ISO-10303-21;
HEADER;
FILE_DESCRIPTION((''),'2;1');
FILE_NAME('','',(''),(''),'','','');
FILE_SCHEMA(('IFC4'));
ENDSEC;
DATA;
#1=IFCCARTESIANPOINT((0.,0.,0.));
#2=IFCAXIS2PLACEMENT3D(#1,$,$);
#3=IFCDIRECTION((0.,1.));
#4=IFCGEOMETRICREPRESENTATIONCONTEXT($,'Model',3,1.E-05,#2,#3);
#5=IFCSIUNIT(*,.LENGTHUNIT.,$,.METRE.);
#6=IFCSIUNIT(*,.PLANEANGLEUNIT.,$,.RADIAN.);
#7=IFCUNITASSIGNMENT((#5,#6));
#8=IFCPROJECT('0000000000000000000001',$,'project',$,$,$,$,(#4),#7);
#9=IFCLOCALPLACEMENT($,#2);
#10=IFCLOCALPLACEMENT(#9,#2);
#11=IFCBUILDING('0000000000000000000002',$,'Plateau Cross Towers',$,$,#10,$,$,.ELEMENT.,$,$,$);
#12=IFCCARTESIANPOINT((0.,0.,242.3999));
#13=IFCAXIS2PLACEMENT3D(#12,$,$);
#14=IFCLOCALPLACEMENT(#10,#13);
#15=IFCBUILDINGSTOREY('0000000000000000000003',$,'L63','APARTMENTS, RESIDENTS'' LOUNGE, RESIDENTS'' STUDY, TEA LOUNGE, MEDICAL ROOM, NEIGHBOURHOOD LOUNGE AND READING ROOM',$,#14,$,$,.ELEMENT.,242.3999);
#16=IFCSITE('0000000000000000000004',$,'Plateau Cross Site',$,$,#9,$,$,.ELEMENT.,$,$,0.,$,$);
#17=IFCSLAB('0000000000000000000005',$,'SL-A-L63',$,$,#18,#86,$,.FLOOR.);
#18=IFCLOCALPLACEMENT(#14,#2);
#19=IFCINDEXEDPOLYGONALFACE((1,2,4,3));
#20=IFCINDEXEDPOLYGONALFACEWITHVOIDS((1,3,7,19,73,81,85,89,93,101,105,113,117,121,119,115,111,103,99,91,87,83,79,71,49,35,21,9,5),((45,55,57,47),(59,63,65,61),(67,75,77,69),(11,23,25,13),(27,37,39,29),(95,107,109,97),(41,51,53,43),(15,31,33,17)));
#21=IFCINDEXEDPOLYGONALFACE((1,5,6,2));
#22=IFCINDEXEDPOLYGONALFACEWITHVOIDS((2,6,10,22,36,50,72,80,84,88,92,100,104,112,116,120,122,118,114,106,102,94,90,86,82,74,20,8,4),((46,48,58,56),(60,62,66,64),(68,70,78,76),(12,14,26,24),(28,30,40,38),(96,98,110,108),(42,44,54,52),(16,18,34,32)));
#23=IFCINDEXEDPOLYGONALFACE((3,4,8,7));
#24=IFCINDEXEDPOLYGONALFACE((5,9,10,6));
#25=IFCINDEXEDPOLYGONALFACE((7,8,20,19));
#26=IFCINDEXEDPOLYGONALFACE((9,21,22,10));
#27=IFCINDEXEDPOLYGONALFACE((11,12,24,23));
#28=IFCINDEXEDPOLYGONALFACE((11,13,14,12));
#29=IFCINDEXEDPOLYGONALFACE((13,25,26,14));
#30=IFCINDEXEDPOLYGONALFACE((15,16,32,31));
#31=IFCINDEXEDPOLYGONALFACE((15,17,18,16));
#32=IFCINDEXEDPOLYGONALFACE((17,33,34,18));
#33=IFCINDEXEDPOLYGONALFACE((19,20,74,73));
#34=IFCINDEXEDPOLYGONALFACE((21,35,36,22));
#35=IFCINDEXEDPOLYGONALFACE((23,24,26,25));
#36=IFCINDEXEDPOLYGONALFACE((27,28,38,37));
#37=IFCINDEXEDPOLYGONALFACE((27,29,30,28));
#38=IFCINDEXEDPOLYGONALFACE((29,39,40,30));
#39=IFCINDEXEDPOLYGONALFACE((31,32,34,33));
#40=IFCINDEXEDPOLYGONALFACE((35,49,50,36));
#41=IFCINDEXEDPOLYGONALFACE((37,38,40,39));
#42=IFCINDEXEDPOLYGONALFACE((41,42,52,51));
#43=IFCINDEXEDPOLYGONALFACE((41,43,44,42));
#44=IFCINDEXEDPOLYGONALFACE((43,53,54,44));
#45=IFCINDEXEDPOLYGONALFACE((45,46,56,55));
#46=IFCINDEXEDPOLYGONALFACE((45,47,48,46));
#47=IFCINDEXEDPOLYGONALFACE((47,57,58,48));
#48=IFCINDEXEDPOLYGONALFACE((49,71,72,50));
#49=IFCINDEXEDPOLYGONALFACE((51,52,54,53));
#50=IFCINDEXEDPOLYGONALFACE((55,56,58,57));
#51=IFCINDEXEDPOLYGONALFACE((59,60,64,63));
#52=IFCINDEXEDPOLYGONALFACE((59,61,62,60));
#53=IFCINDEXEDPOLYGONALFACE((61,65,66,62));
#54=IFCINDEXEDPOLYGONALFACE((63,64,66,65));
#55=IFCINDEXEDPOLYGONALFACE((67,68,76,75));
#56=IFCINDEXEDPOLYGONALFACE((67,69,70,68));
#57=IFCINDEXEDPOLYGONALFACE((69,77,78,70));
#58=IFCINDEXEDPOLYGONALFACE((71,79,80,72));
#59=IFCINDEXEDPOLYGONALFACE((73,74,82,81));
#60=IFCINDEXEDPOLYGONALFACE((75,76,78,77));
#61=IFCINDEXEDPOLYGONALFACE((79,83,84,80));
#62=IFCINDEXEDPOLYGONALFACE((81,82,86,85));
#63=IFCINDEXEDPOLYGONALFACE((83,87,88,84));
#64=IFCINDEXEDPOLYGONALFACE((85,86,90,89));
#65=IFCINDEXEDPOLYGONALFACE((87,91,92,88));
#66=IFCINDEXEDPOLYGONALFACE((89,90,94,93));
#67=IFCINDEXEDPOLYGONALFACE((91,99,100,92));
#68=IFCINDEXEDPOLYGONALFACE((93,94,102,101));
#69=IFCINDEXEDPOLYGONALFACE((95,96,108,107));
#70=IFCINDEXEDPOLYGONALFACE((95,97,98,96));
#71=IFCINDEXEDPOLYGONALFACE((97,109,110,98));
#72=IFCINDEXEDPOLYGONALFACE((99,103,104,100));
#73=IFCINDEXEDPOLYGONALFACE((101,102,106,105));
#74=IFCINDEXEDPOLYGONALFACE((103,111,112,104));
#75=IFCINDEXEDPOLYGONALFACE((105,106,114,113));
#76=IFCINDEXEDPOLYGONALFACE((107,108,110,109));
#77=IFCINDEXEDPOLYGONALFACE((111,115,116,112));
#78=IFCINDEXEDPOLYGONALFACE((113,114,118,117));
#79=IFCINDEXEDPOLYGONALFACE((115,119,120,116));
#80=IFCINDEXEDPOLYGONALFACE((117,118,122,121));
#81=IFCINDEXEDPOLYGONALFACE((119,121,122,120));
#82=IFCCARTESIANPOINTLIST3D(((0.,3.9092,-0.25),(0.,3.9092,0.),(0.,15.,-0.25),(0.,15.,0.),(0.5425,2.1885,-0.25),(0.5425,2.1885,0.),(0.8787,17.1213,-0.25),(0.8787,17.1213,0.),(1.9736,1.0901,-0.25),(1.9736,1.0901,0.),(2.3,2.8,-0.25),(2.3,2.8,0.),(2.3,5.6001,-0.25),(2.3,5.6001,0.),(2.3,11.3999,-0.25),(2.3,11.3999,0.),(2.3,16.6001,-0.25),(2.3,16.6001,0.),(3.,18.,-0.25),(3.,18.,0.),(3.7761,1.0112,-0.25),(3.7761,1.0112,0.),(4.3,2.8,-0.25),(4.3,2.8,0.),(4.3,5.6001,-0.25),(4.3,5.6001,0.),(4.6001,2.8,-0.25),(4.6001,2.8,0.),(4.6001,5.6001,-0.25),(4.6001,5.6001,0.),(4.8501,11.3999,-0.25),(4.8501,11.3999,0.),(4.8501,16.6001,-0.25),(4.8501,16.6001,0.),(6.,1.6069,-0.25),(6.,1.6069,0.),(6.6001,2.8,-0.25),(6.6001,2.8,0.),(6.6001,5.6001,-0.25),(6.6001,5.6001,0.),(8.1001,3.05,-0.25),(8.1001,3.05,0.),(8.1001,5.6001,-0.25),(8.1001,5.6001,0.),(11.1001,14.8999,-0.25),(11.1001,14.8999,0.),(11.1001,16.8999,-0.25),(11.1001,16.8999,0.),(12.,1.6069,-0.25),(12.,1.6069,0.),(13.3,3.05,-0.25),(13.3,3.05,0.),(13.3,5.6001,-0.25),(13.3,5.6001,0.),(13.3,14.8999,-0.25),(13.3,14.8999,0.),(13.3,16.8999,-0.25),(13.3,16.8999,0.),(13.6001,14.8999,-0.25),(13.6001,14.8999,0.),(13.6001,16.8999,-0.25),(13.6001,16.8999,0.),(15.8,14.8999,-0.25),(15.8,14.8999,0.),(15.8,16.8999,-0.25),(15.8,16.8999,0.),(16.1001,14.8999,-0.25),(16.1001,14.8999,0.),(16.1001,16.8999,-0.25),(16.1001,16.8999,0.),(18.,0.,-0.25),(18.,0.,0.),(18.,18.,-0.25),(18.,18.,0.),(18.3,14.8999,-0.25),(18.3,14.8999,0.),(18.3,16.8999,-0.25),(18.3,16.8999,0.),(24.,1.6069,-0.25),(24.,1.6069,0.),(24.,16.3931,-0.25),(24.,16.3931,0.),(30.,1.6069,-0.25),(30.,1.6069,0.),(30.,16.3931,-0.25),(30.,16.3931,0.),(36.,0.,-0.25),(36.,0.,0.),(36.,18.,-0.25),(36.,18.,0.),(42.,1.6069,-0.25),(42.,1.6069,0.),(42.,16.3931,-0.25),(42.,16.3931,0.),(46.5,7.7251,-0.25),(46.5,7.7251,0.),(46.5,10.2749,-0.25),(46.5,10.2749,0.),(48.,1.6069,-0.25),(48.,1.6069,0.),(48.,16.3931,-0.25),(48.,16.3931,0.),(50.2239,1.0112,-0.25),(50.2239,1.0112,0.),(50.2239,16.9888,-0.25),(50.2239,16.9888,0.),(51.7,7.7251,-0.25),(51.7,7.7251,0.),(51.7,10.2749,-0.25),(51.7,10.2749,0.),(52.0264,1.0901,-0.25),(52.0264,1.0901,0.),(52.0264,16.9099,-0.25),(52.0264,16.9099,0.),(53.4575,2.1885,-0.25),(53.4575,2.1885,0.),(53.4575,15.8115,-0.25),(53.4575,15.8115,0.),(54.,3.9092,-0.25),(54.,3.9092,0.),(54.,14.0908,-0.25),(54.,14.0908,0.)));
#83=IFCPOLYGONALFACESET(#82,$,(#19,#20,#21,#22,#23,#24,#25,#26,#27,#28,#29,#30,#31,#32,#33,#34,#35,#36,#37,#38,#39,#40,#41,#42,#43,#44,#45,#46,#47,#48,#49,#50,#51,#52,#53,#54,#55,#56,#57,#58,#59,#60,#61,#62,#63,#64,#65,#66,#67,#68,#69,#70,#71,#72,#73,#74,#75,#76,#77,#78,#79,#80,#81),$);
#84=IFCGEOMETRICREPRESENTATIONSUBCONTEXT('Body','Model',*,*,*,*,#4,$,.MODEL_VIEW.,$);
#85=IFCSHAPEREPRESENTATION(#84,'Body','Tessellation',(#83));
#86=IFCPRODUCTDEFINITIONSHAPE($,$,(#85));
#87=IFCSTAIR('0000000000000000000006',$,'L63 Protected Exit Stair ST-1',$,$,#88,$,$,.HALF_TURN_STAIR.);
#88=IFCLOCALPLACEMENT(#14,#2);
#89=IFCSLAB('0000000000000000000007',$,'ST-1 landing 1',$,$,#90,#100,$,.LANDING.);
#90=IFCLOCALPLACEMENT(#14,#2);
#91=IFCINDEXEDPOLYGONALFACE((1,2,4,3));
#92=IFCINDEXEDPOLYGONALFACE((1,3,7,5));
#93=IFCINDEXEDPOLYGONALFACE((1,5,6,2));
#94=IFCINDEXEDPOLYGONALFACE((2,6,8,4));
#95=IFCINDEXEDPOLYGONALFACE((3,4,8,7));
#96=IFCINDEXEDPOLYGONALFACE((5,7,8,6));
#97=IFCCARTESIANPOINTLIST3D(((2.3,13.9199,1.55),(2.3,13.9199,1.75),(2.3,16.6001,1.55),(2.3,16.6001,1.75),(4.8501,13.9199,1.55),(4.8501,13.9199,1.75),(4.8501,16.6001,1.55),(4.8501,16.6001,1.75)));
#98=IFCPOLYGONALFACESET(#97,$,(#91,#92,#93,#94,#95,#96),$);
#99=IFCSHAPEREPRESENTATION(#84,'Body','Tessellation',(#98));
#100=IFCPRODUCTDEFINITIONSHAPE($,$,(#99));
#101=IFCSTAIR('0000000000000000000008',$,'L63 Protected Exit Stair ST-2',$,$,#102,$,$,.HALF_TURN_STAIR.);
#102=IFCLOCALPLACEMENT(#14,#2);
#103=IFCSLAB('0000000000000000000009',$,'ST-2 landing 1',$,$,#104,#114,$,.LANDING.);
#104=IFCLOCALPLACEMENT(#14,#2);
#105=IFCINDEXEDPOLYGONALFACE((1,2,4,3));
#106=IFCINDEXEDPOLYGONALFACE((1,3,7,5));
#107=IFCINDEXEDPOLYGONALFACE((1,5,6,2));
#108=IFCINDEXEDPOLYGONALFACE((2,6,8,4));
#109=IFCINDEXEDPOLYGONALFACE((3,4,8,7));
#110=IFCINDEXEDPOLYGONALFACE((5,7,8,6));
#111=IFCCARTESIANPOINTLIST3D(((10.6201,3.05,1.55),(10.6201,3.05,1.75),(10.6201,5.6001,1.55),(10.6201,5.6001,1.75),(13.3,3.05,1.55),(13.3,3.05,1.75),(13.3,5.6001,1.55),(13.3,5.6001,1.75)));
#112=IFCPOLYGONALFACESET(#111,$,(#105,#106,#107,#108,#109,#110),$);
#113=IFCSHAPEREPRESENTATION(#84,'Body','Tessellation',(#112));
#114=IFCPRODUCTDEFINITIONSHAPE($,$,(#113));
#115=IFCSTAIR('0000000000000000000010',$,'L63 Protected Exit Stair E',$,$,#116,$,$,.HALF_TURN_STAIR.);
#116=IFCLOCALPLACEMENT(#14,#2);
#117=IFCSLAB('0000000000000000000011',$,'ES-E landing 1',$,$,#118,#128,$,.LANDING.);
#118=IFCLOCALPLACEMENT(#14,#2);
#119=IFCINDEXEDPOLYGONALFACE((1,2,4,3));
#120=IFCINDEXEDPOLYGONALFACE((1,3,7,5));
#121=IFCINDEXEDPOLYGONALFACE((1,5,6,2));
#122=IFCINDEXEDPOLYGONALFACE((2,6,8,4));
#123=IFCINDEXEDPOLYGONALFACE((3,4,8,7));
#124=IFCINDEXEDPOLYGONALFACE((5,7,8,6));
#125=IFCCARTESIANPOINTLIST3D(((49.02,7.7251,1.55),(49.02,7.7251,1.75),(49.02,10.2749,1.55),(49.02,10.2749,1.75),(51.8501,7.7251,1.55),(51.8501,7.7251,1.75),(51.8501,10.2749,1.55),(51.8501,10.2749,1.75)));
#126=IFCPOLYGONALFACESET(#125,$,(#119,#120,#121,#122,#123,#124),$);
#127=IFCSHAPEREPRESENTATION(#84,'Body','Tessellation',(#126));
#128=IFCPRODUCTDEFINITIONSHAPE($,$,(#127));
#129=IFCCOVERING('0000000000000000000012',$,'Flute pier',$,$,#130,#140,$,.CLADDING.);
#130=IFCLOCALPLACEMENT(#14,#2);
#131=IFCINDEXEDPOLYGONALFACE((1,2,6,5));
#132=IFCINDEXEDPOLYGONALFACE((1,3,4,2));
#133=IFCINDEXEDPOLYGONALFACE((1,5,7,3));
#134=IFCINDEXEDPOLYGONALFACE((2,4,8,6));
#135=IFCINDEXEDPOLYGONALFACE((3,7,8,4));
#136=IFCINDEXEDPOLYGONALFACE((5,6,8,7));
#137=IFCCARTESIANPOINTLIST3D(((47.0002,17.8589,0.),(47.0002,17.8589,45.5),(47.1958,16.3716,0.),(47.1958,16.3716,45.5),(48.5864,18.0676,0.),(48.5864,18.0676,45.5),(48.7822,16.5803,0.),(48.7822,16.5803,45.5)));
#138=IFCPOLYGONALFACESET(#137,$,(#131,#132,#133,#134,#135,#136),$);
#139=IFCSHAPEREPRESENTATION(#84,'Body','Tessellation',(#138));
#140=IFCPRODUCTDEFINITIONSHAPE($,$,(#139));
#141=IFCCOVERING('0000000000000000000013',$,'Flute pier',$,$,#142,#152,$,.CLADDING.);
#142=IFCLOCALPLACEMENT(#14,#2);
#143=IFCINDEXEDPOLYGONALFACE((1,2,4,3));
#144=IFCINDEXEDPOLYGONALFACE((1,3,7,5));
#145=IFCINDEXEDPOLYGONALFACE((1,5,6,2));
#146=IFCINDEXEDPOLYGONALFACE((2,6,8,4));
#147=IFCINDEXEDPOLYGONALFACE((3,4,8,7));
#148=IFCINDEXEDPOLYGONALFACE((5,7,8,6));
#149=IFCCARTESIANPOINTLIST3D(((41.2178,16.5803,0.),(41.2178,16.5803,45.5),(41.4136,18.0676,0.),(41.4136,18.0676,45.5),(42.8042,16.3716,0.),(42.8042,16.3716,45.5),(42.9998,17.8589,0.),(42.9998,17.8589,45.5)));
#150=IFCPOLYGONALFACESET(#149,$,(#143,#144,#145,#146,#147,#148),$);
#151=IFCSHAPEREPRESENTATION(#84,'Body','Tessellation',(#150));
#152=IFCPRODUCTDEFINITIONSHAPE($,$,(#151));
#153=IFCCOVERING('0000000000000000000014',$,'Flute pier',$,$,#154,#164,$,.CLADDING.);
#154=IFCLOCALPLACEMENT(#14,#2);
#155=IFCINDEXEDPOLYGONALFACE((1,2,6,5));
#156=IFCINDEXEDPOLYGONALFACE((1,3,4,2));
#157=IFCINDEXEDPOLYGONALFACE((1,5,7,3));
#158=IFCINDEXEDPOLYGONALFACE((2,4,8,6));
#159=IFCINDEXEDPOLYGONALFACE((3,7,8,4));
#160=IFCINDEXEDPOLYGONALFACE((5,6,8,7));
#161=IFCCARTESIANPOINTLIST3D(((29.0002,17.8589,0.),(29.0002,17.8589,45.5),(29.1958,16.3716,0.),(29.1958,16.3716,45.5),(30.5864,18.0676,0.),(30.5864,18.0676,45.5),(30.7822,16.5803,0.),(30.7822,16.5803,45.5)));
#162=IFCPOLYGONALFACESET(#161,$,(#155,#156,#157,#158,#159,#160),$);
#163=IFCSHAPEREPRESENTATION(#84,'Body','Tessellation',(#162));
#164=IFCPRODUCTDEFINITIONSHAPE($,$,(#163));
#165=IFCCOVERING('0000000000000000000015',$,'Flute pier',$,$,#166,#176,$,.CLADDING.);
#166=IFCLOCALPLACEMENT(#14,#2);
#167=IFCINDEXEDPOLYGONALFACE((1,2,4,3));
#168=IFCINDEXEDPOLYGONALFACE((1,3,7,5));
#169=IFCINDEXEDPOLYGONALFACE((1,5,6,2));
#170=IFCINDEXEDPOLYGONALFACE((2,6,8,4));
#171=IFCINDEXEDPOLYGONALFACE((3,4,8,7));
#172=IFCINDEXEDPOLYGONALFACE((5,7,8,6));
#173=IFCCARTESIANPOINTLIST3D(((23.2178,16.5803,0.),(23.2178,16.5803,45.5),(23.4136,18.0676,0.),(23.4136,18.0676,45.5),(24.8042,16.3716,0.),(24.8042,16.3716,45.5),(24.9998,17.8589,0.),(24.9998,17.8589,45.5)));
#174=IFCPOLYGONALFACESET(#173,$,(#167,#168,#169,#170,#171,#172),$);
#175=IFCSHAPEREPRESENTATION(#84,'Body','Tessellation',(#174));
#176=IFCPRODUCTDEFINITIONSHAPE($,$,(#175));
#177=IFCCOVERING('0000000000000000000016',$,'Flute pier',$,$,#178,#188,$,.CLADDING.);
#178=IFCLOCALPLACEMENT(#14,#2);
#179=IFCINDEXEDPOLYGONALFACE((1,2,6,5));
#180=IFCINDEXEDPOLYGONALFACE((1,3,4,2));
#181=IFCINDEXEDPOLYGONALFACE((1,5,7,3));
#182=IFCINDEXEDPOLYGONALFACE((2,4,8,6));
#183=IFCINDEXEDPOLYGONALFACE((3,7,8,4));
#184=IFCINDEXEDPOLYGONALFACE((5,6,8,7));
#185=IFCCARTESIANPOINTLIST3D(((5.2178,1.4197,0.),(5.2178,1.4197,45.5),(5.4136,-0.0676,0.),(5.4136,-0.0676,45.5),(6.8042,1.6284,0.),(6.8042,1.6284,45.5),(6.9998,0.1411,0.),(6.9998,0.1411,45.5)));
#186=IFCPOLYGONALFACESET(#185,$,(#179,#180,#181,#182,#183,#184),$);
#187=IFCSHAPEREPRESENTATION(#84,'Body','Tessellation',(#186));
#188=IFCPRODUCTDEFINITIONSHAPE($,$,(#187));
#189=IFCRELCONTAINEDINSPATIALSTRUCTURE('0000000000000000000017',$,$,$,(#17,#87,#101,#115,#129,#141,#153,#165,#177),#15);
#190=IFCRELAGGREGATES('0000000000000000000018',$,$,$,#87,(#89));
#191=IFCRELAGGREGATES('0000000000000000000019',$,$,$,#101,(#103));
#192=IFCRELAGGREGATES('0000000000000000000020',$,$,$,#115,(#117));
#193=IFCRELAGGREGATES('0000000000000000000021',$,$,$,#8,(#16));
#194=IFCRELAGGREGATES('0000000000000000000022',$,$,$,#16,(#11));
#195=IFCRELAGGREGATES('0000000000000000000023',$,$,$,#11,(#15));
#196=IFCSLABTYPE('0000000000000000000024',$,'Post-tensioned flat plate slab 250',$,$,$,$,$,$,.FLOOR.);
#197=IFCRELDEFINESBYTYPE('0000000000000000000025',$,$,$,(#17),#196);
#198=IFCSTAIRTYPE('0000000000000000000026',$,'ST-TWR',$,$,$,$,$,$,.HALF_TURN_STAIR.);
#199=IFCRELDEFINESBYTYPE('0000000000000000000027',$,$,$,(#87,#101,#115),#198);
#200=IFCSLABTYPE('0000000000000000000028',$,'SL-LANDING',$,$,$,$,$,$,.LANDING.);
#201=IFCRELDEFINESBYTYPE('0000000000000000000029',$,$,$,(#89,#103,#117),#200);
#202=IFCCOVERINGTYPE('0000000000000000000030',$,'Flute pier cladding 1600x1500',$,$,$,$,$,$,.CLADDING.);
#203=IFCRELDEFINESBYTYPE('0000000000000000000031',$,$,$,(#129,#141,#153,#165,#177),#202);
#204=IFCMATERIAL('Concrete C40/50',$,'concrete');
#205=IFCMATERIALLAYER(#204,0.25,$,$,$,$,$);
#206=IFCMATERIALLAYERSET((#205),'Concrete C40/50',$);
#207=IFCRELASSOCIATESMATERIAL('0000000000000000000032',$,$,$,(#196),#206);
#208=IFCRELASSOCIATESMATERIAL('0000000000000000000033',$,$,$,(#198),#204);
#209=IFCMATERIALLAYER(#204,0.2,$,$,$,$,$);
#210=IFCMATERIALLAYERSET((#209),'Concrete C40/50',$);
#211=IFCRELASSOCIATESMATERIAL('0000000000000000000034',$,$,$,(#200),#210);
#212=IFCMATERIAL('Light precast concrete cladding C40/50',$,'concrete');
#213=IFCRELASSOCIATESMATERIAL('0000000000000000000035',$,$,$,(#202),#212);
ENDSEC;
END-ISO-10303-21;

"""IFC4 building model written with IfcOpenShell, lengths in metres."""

from ifc_helpers import new_model, si_unit, direction, frame, origin, place, context, subcontext, project, spatial, polyline, outline, extrude, material, layer, layer_set, type_object, element, aggregate, save


model = new_model("IFC4")

# Units and contexts
model_context = context("Model", 3, precision=1e-05, world=origin(), true_north=direction((0.0, 1.0)))
body_context = subcontext(model_context, "Body", "Model", "MODEL_VIEW")
ifc_project = project(units=[si_unit("LENGTHUNIT", "METRE"), si_unit("PLANEANGLEUNIT", "RADIAN")], contexts=[model_context])

# Site, building, storey
site_placement = place(None, origin())
site = spatial("IfcSite", under=ifc_project, at=site_placement, Name="Plateau Cross Site", CompositionType="ELEMENT", RefElevation=0.0)
building_placement = place(site_placement, origin())
building = spatial("IfcBuilding", under=site, at=building_placement, Name="Plateau Cross Towers", CompositionType="ELEMENT")
storey_placement = place(building_placement, frame((0.0, 0.0, 242.3999)))
storey = spatial("IfcBuildingStorey", under=building, at=storey_placement, Name="L63", Description="APARTMENTS, RESIDENTS' LOUNGE, RESIDENTS' STUDY, TEA LOUNGE, MEDICAL ROOM, NEIGHBOURHOOD LOUNGE AND READING ROOM", CompositionType="ELEMENT", Elevation=242.3999)

# Slab
ifc_material_1 = material(Name="Concrete C40/50", Category="concrete")
ifc_layer_1 = layer(ifc_material_1, 0.25)
ifc_layer_set_1 = layer_set([ifc_layer_1], Name="Concrete C40/50")
slab_type_1 = type_object("IfcSlabType", Name="Post-tensioned flat plate slab 250", PredefinedType="FLOOR", material=ifc_layer_set_1)
slab_1_placement = place(storey_placement, frame((0.0, 0.0, -0.25)))
element("IfcSlab", 1, at=slab_1_placement, inside=storey, type_object=slab_type_1, Name="SL-A-L63", PredefinedType="FLOOR", context=body_context, shape_type="SweptSolid", body=[
    extrude(outline(polyline([(1.9736, 1.0901), (0.5425, 2.1885), (0.0, 3.9092), (0.0, 15.0), (0.8787, 17.1213), (3.0, 18.0), (18.0, 18.0), (24.0, 16.3931), (30.0, 16.3931), (36.0, 18.0), (42.0, 16.3931), (48.0, 16.3931), (50.2239, 16.9888), (52.0264, 16.9099), (53.4575, 15.8115), (54.0, 14.0908), (54.0, 3.9092), (53.4575, 2.1885), (52.0264, 1.0901), (50.2239, 1.0112), (48.0, 1.6069), (42.0, 1.6069), (36.0, 0.0), (30.0, 1.6069), (24.0, 1.6069), (18.0, 0.0), (12.0, 1.6069), (6.0, 1.6069), (3.7761, 1.0112), (1.9736, 1.0901)]), holes=[polyline([(4.3, 5.6001), (2.3, 5.6001), (2.3, 2.8), (4.3, 2.8), (4.3, 5.6001)]), polyline([(6.6001, 5.6001), (4.6001, 5.6001), (4.6001, 2.8), (6.6001, 2.8), (6.6001, 5.6001)]), polyline([(13.3, 5.6001), (8.1001, 5.6001), (8.1001, 3.05), (13.3, 3.05), (13.3, 5.6001)]), polyline([(51.7, 10.2749), (46.5, 10.2749), (46.5, 7.7251), (51.7, 7.7251), (51.7, 10.2749)]), polyline([(2.3, 16.6001), (2.3, 11.3999), (4.8501, 11.3999), (4.8501, 16.6001), (2.3, 16.6001)]), polyline([(13.3, 16.8999), (11.1001, 16.8999), (11.1001, 14.8999), (13.3, 14.8999), (13.3, 16.8999)]), polyline([(15.8, 16.8999), (13.6001, 16.8999), (13.6001, 14.8999), (15.8, 14.8999), (15.8, 16.8999)]), polyline([(18.3, 16.8999), (16.1001, 16.8999), (16.1001, 14.8999), (18.3, 14.8999), (18.3, 16.8999)])]), origin(), (0.0, 0.0, 1.0), 0.25),
])

# Stairs, slabs
stair_type = type_object("IfcStairType", Name="ST-TWR", PredefinedType="HALF_TURN_STAIR", material=ifc_material_1)
stair_1_placement = place(storey_placement, origin())
stair_1 = element("IfcStair", 2, at=stair_1_placement, inside=storey, type_object=stair_type, Name="L63 Protected Exit Stair ST-1", PredefinedType="HALF_TURN_STAIR")
ifc_layer_2 = layer(ifc_material_1, 0.2)
ifc_layer_set_2 = layer_set([ifc_layer_2], Name="Concrete C40/50")
slab_type_2 = type_object("IfcSlabType", Name="SL-LANDING", PredefinedType="LANDING", material=ifc_layer_set_2)
slab_2_placement = place(storey_placement, frame((0.0, 0.0, 1.55)))
slab_2 = element("IfcSlab", 3, at=slab_2_placement, type_object=slab_type_2, Name="ST-1 landing 1", PredefinedType="LANDING", context=body_context, shape_type="SweptSolid", body=[
    extrude(outline(polyline([(4.8501, 13.9199), (4.8501, 16.6001), (2.3, 16.6001), (2.3, 13.9199), (4.8501, 13.9199)])), origin(), (0.0, 0.0, 1.0), 0.2),
])
aggregate(stair_1, [slab_2])
stair_2_placement = place(storey_placement, origin())
stair_2 = element("IfcStair", 4, at=stair_2_placement, inside=storey, type_object=stair_type, Name="L63 Protected Exit Stair ST-2", PredefinedType="HALF_TURN_STAIR")
slab_3_placement = place(storey_placement, frame((0.0, 0.0, 1.55)))
slab_3 = element("IfcSlab", 5, at=slab_3_placement, type_object=slab_type_2, Name="ST-2 landing 1", PredefinedType="LANDING", context=body_context, shape_type="SweptSolid", body=[
    extrude(outline(polyline([(10.6201, 3.05), (13.3, 3.05), (13.3, 5.6001), (10.6201, 5.6001), (10.6201, 3.05)])), origin(), (0.0, 0.0, 1.0), 0.2),
])
aggregate(stair_2, [slab_3])
stair_3_placement = place(storey_placement, origin())
stair_3 = element("IfcStair", 6, at=stair_3_placement, inside=storey, type_object=stair_type, Name="L63 Protected Exit Stair E", PredefinedType="HALF_TURN_STAIR")
slab_4_placement = place(storey_placement, frame((0.0, 0.0, 1.55)))
slab_4 = element("IfcSlab", 7, at=slab_4_placement, type_object=slab_type_2, Name="ES-E landing 1", PredefinedType="LANDING", context=body_context, shape_type="SweptSolid", body=[
    extrude(outline(polyline([(49.02, 7.7251), (51.8501, 7.7251), (51.8501, 10.2749), (49.02, 10.2749), (49.02, 7.7251)])), origin(), (0.0, 0.0, 1.0), 0.2),
])
aggregate(stair_3, [slab_4])

# Coverings
ifc_material_2 = material(Name="Light precast concrete cladding C40/50", Category="concrete")
covering_type_1 = type_object("IfcCoveringType", Name="Flute pier cladding 1600x1500", PredefinedType="CLADDING", material=ifc_material_2)
covering_1_placement = place(storey_placement, origin())
element("IfcCovering", 8, at=covering_1_placement, inside=storey, type_object=covering_type_1, Name="Flute pier", PredefinedType="CLADDING", context=body_context, shape_type="SweptSolid", body=[
    extrude(outline(polyline([(48.7822, 16.5803), (47.1958, 16.3716), (47.0002, 17.8589), (48.5864, 18.0676), (48.7822, 16.5803)])), origin(), (0.0, 0.0, 1.0), 45.5),
])
covering_2_placement = place(storey_placement, origin())
element("IfcCovering", 9, at=covering_2_placement, inside=storey, type_object=covering_type_1, Name="Flute pier", PredefinedType="CLADDING", context=body_context, shape_type="SweptSolid", body=[
    extrude(outline(polyline([(42.8042, 16.3716), (41.2178, 16.5803), (41.4136, 18.0676), (42.9998, 17.8589), (42.8042, 16.3716)])), origin(), (0.0, 0.0, 1.0), 45.5),
])
covering_3_placement = place(storey_placement, origin())
element("IfcCovering", 10, at=covering_3_placement, inside=storey, type_object=covering_type_1, Name="Flute pier", PredefinedType="CLADDING", context=body_context, shape_type="SweptSolid", body=[
    extrude(outline(polyline([(30.7822, 16.5803), (29.1958, 16.3716), (29.0002, 17.8589), (30.5864, 18.0676), (30.7822, 16.5803)])), origin(), (0.0, 0.0, 1.0), 45.5),
])
covering_4_placement = place(storey_placement, origin())
element("IfcCovering", 11, at=covering_4_placement, inside=storey, type_object=covering_type_1, Name="Flute pier", PredefinedType="CLADDING", context=body_context, shape_type="SweptSolid", body=[
    extrude(outline(polyline([(24.8042, 16.3716), (23.2178, 16.5803), (23.4136, 18.0676), (24.9998, 17.8589), (24.8042, 16.3716)])), origin(), (0.0, 0.0, 1.0), 45.5),
])
covering_5_placement = place(storey_placement, origin())
element("IfcCovering", 12, at=covering_5_placement, inside=storey, type_object=covering_type_1, Name="Flute pier", PredefinedType="CLADDING", context=body_context, shape_type="SweptSolid", body=[
    extrude(outline(polyline([(5.2178, 1.4197), (6.8042, 1.6284), (6.9998, 0.1411), (5.4136, -0.0676), (5.2178, 1.4197)])), origin(), (0.0, 0.0, 1.0), 45.5),
])

save(model, "model.ifc")
